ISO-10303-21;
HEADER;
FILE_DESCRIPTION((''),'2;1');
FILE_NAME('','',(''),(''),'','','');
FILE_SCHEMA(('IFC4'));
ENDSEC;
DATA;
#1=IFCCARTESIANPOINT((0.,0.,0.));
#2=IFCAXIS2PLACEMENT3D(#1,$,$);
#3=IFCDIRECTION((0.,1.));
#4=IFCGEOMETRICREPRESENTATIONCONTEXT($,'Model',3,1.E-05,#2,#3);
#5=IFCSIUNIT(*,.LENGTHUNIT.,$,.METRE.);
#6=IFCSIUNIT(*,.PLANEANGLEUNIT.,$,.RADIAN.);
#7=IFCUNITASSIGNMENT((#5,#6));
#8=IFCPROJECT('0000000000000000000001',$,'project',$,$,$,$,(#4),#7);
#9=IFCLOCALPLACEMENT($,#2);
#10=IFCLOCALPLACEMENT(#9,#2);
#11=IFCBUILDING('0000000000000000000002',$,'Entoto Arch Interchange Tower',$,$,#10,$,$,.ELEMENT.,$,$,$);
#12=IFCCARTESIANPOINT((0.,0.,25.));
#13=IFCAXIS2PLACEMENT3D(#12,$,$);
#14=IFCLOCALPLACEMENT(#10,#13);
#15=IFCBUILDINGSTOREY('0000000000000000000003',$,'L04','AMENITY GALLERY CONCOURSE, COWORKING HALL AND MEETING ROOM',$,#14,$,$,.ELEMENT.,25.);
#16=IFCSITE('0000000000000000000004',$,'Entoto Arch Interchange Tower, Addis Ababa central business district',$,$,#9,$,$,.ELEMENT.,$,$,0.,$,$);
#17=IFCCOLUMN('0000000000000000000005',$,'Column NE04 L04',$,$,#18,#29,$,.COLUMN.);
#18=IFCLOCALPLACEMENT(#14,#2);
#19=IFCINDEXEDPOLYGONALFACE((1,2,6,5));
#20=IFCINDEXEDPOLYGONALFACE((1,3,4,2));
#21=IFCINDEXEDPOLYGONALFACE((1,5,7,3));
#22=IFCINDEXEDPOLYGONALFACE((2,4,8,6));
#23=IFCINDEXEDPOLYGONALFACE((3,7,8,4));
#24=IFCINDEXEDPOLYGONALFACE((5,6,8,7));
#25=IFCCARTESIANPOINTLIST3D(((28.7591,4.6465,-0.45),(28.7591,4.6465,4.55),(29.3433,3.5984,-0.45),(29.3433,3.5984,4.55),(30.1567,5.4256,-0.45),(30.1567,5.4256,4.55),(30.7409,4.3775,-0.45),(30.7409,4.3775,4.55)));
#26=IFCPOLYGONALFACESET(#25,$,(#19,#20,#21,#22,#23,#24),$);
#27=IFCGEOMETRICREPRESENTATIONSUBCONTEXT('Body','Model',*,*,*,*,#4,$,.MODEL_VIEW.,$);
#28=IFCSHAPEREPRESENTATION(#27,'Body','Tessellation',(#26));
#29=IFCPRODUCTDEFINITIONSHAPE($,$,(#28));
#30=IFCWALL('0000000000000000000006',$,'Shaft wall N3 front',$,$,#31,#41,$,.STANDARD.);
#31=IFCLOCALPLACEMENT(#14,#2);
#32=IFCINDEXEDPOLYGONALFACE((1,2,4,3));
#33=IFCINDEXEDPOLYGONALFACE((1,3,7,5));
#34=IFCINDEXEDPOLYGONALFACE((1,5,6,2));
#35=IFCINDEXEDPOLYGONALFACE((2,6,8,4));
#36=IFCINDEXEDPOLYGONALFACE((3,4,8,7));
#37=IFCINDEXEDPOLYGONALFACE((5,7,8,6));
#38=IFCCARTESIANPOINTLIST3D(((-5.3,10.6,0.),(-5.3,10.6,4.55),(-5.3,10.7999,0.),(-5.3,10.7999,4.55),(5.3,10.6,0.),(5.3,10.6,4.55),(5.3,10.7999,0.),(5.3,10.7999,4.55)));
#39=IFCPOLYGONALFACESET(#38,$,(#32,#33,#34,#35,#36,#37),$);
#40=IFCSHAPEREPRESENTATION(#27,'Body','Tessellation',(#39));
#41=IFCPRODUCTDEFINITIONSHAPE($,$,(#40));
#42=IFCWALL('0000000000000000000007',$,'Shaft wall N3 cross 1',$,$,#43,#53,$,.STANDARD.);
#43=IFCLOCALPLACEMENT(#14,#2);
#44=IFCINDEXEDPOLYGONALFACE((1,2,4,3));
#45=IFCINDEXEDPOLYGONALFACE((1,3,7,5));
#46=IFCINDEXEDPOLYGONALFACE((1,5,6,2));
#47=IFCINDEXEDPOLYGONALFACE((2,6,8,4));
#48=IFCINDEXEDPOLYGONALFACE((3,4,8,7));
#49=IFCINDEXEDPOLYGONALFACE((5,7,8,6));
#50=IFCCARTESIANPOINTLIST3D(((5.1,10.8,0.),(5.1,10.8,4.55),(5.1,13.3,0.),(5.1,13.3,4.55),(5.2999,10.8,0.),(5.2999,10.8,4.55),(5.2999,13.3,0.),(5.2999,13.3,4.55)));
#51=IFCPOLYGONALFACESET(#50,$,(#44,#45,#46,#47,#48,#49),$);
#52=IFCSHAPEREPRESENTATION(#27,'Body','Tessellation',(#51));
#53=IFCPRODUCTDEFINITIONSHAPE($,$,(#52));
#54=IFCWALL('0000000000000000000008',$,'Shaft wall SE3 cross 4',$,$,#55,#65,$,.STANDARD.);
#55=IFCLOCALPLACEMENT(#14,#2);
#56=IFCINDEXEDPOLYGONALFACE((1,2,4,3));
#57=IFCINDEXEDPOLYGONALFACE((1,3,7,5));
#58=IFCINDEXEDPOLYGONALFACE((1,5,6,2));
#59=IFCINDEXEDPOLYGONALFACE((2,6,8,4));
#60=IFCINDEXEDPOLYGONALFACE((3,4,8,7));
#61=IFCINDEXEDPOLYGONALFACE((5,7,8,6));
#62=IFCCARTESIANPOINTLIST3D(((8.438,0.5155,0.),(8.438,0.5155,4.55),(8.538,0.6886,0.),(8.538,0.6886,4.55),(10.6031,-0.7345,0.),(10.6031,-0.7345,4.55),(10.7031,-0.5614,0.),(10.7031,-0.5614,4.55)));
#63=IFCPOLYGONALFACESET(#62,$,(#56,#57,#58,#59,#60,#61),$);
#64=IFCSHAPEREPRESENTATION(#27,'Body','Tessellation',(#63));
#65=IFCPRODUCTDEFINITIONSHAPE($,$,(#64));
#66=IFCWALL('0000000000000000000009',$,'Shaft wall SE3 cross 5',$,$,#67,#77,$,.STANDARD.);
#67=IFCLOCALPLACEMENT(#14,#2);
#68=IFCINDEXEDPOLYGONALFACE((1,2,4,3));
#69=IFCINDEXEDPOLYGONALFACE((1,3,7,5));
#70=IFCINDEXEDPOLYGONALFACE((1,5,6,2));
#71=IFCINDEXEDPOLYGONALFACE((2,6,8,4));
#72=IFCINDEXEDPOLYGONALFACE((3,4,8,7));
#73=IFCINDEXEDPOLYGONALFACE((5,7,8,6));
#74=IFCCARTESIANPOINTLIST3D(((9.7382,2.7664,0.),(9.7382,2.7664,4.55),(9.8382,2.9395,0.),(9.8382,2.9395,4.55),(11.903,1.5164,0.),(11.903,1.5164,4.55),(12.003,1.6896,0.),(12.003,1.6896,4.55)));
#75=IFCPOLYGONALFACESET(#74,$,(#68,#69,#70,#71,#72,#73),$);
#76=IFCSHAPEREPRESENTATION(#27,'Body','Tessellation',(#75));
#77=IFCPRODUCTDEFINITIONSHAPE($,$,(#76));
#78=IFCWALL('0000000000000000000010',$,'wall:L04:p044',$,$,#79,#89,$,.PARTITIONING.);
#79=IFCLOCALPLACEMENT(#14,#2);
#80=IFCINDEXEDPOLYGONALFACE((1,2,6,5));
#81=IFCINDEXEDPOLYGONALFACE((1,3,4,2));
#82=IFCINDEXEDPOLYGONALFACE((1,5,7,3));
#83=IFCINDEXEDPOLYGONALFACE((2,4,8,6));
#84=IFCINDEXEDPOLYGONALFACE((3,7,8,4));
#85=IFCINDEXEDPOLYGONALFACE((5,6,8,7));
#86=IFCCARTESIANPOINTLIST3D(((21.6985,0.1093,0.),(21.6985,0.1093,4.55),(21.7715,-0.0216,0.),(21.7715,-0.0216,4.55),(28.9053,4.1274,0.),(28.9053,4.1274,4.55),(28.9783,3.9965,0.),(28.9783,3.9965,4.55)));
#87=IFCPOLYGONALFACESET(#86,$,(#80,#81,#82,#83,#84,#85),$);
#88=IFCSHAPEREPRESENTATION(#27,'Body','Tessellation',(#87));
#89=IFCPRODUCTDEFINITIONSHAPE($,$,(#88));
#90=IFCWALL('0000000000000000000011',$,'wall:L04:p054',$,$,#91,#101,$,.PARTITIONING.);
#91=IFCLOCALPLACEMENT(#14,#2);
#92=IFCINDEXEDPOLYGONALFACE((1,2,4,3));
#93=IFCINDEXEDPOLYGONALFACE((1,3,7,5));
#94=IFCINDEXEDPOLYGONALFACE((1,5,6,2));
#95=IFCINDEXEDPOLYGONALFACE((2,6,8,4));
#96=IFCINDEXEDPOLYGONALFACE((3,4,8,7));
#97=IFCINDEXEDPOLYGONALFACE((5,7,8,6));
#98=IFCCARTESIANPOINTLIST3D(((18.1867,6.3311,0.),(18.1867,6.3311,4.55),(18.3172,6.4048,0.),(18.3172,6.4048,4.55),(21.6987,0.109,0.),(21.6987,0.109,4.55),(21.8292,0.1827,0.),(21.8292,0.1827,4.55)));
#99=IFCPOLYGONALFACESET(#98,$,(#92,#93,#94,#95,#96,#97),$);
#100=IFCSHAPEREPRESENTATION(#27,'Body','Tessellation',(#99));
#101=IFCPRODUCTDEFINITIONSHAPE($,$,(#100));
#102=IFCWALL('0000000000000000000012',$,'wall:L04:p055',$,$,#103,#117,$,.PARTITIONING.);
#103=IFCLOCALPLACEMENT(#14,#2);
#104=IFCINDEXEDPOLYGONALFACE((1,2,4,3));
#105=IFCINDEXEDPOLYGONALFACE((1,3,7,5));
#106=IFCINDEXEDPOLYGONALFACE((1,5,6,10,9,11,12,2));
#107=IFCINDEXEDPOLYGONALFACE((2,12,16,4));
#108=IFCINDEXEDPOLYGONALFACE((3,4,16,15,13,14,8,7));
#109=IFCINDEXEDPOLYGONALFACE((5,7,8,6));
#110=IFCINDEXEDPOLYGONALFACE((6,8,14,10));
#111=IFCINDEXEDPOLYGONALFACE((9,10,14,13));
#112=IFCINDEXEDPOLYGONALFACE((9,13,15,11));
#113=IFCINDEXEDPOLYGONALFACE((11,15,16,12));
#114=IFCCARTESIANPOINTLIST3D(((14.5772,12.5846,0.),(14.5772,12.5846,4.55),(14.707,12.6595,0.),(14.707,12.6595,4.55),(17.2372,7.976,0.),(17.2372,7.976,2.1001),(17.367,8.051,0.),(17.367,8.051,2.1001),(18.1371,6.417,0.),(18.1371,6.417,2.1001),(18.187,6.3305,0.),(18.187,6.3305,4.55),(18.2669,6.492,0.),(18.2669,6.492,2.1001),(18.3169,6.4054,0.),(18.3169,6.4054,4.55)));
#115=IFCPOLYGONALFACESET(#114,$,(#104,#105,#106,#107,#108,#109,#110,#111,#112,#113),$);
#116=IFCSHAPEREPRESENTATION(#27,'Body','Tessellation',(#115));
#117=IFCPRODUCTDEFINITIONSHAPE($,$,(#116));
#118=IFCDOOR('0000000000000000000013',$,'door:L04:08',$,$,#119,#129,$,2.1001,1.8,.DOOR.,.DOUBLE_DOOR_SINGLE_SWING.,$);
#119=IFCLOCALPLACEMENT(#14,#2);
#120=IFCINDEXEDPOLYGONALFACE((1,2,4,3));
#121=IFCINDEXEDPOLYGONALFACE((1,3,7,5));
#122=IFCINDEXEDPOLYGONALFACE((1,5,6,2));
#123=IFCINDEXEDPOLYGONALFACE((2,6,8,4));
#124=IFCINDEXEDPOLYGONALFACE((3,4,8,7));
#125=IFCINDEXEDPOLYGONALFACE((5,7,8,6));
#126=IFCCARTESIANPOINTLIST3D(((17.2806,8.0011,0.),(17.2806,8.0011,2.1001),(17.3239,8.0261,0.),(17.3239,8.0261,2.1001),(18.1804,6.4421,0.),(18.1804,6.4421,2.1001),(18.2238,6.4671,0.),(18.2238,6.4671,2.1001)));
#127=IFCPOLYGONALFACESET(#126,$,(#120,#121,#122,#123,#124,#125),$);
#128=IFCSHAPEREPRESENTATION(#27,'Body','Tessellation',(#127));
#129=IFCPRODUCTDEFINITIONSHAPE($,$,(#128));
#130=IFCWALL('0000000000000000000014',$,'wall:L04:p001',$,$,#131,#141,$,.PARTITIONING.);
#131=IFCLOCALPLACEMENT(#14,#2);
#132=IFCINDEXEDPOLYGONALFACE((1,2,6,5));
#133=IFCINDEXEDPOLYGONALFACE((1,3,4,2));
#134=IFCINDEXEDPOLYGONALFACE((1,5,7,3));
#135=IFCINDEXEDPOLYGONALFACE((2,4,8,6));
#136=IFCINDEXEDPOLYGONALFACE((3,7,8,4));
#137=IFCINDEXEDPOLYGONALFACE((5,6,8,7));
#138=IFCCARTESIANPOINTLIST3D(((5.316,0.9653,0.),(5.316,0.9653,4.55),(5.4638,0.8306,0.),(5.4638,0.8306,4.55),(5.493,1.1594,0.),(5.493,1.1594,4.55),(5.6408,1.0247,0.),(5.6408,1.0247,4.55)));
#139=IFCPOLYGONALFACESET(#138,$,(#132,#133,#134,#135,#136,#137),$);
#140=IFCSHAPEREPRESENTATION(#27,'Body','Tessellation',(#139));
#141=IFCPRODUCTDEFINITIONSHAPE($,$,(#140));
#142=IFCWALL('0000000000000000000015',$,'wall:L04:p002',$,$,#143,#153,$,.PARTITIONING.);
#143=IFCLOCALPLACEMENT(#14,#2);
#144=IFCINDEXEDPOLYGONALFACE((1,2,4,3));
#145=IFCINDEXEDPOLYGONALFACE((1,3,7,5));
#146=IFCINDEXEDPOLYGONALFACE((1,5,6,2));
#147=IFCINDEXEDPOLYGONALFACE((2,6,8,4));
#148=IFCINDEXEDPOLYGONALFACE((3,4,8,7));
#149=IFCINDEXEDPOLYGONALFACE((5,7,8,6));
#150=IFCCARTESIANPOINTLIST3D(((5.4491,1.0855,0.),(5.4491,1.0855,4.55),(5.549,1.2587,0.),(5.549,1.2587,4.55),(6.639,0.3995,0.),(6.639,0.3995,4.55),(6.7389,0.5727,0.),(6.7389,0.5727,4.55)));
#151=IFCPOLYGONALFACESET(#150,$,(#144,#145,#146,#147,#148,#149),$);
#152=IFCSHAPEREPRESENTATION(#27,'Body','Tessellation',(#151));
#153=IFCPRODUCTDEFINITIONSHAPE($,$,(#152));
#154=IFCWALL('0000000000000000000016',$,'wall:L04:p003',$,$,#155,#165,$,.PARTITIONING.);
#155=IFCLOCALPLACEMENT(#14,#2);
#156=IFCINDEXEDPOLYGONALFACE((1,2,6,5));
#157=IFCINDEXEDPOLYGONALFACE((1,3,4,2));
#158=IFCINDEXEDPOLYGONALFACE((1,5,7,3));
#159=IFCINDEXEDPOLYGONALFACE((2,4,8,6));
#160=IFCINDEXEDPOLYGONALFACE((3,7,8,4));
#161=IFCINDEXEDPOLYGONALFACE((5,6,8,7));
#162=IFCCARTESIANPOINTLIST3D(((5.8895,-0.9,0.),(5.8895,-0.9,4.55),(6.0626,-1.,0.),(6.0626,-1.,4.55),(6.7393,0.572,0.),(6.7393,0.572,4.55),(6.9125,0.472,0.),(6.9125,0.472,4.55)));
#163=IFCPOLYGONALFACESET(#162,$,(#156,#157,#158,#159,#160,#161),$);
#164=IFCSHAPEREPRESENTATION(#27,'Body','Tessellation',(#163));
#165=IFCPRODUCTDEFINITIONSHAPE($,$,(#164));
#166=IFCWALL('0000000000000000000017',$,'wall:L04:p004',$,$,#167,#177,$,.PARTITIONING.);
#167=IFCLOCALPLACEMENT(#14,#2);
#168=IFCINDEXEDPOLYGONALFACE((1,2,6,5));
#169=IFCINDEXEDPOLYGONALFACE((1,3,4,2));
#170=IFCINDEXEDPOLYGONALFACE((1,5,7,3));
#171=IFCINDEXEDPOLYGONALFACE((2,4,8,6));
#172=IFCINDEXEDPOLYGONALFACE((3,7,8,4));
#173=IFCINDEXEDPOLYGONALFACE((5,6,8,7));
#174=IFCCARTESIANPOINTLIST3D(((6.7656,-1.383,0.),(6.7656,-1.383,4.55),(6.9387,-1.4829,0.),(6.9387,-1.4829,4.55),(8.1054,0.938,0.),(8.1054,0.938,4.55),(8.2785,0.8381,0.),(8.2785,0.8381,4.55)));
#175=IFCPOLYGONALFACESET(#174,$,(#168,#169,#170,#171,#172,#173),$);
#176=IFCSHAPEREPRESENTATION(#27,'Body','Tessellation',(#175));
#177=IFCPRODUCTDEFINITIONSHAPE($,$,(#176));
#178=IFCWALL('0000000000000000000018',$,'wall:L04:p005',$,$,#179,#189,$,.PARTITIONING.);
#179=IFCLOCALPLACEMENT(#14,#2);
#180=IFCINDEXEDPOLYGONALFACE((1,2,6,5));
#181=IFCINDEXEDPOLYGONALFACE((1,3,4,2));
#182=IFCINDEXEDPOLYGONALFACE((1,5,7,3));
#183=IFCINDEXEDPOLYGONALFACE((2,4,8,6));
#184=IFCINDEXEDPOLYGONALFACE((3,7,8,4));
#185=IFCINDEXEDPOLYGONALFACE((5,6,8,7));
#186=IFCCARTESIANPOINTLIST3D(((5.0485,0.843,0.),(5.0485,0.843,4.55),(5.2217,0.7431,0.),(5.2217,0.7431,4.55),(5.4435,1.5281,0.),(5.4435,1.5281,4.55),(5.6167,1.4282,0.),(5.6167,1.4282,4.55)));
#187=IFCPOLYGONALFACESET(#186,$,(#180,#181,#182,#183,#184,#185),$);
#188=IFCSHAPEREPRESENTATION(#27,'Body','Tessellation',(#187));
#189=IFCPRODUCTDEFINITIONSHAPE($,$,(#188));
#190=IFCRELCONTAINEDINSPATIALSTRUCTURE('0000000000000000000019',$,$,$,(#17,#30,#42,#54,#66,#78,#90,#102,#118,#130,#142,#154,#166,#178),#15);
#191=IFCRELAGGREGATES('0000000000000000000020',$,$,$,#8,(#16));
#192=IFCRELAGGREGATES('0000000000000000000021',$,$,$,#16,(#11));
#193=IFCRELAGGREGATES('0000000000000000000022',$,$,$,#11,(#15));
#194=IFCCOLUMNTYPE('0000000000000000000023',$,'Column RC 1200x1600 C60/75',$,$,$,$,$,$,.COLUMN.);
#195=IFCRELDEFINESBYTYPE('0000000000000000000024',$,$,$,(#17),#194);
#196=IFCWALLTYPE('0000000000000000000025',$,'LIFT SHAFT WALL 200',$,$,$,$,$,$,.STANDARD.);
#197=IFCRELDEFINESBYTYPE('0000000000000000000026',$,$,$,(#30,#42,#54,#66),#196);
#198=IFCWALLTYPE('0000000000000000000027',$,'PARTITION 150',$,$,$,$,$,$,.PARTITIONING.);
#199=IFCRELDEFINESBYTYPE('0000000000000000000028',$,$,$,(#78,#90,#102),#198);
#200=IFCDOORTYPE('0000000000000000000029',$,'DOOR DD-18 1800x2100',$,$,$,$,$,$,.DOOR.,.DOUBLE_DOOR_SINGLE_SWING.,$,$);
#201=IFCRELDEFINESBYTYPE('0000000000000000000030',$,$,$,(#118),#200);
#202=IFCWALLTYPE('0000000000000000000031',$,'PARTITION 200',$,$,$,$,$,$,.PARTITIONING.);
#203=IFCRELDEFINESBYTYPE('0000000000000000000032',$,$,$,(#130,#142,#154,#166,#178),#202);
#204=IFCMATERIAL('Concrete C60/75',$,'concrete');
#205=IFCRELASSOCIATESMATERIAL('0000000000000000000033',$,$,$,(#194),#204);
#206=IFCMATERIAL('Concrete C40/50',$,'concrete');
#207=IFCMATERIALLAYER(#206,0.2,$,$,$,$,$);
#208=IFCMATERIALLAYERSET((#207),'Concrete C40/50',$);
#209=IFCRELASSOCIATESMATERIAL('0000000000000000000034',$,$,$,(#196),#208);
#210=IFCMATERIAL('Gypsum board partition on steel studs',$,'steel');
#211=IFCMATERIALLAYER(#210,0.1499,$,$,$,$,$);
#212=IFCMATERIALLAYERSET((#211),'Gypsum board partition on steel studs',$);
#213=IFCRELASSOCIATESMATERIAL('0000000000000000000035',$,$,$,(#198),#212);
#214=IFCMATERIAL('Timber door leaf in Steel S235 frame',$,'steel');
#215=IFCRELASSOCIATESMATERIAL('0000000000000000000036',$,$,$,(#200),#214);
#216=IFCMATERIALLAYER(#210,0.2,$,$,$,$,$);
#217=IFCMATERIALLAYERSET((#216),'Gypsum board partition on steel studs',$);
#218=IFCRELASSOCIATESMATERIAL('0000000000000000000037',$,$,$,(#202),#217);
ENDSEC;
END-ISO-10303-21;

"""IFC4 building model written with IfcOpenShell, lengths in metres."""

from ifc_helpers import new_model, si_unit, direction, frame, frame_2d, origin, origin_2d, place, context, subcontext, project, spatial, rectangle, extrude, material, layer, layer_set, material_profile, profile_set, type_object, element, fill, save


model = new_model("IFC4")

# Units and contexts
model_context = context("Model", 3, precision=1e-05, world=origin(), true_north=direction((0.0, 1.0)))
body_context = subcontext(model_context, "Body", "Model", "MODEL_VIEW")
ifc_project = project(units=[si_unit("LENGTHUNIT", "METRE"), si_unit("PLANEANGLEUNIT", "RADIAN")], contexts=[model_context])

# Site, building, storey
site_placement = place(None, origin())
site = spatial("IfcSite", under=ifc_project, at=site_placement, Name="Entoto Arch Interchange Tower, Addis Ababa central business district", CompositionType="ELEMENT", RefElevation=0.0)
building_placement = place(site_placement, origin())
building = spatial("IfcBuilding", under=site, at=building_placement, Name="Entoto Arch Interchange Tower", CompositionType="ELEMENT")
storey_placement = place(building_placement, frame((0.0, 0.0, 25.0)))
storey = spatial("IfcBuildingStorey", under=building, at=storey_placement, Name="L04", Description="AMENITY GALLERY CONCOURSE, COWORKING HALL AND MEETING ROOM", CompositionType="ELEMENT", Elevation=25.0)

# Column
ifc_material_1 = material(Name="Concrete C60/75", Category="concrete")
ifc_material_profile = material_profile(ifc_material_1, rectangle(XDim=1.2, YDim=1.6001, at=origin_2d()))
ifc_profile_set = profile_set([ifc_material_profile], Name="Concrete C60/75")
column_type = type_object("IfcColumnType", Name="Column RC 1200x1600 C60/75", PredefinedType="COLUMN", material=ifc_profile_set)
column_placement = place(storey_placement, frame((29.75, 4.512, -0.45), z_axis=(0.0, 0.0, 1.0), x_axis=(-0.486915, 0.873449, 0.0)))
element("IfcColumn", 1, at=column_placement, inside=storey, type_object=column_type, Name="Column NE04 L04", PredefinedType="COLUMN", context=body_context, shape_type="SweptSolid", body=[
    extrude(rectangle(XDim=1.2, YDim=1.6001, at=origin_2d()), origin(), (0.0, 0.0, 1.0), 5.0),
])

# Walls
ifc_material_2 = material(Name="Concrete C40/50", Category="concrete")
ifc_layer_1 = layer(ifc_material_2, 0.2)
ifc_layer_set_1 = layer_set([ifc_layer_1], Name="Concrete C40/50")
wall_type_1 = type_object("IfcWallType", Name="LIFT SHAFT WALL 200", PredefinedType="STANDARD", material=ifc_layer_set_1)
wall_1_placement = place(storey_placement, frame((5.3, 10.7, 0.0), z_axis=(0.0, 0.0, 1.0), x_axis=(-1.0, 0.0, 0.0)))
element("IfcWall", 2, at=wall_1_placement, inside=storey, type_object=wall_type_1, Name="Shaft wall N3 front", PredefinedType="STANDARD", context=body_context, shape_type="SweptSolid", body=[
    extrude(rectangle(XDim=10.6001, YDim=0.2, at=frame_2d((5.3, 0.0))), origin(), (0.0, 0.0, 1.0), 4.55),
])
for number, where, z_axis, x_axis, name in (
    (3, (5.2, 10.8, 0.0), (0.0, 0.0, 1.0), (0.0, 1.0, 0.0), "Shaft wall N3 cross 1"),
    (4, (8.488, 0.6021, 0.0), (0.0, 0.0, 1.0), (0.866023, -0.500004, 0.0), "Shaft wall SE3 cross 4"),
):
    element("IfcWall", number, at=place(storey_placement, frame(where, z_axis=z_axis, x_axis=x_axis)), inside=storey, type_object=wall_type_1, Name=name, PredefinedType="STANDARD", context=body_context, shape_type="SweptSolid", body=[
        extrude(rectangle(XDim=2.5, YDim=0.2, at=frame_2d((1.25, 0.0))), origin(), (0.0, 0.0, 1.0), 4.55),
    ])
wall_2_placement = place(storey_placement, frame((9.7881, 2.853, 0.0), z_axis=(0.0, 0.0, 1.0), x_axis=(0.865999, -0.500047, 0.0)))
element("IfcWall", 5, at=wall_2_placement, inside=storey, type_object=wall_type_1, Name="Shaft wall SE3 cross 5", PredefinedType="STANDARD", context=body_context, shape_type="SweptSolid", body=[
    extrude(rectangle(XDim=2.4998, YDim=0.2, at=frame_2d((1.25, 0.0))), origin(), (0.0, 0.0, 1.0), 4.55),
])
ifc_material_3 = material(Name="Gypsum board partition on steel studs", Category="steel")
ifc_layer_2 = layer(ifc_material_3, 0.1499)
ifc_layer_set_2 = layer_set([ifc_layer_2], Name="Gypsum board partition on steel studs")
wall_type_2 = type_object("IfcWallType", Name="PARTITION 150", PredefinedType="PARTITIONING", material=ifc_layer_set_2)
wall_3_placement = place(storey_placement, frame((21.7351, 0.0439, 0.0), z_axis=(0.0, 0.0, 1.0), x_axis=(0.873421, 0.486966, 0.0)))
element("IfcWall", 6, at=wall_3_placement, inside=storey, type_object=wall_type_2, Name="wall:L04:p044", PredefinedType="PARTITIONING", context=body_context, shape_type="SweptSolid", body=[
    extrude(rectangle(XDim=8.2512, YDim=0.1499, at=frame_2d((4.1255, 0.0))), origin(), (0.0, 0.0, 1.0), 4.55),
])
wall_4_placement = place(storey_placement, frame((21.7639, 0.146, 0.0), z_axis=(0.0, 0.0, 1.0), x_axis=(-0.49155, 0.870849, 0.0)))
element("IfcWall", 7, at=wall_4_placement, inside=storey, type_object=wall_type_2, Name="wall:L04:p054", PredefinedType="PARTITIONING", context=body_context, shape_type="SweptSolid", body=[
    extrude(rectangle(XDim=7.1448, YDim=0.1499, at=frame_2d((3.5723, 0.0))), origin(), (0.0, 0.0, 1.0), 4.55),
])

# Wall, opening, door
wall_5_placement = place(storey_placement, frame((18.252, 6.3679, 0.0), z_axis=(0.0, 0.0, 1.0), x_axis=(-0.499899, 0.866084, 0.0)))
wall_5 = element("IfcWall", 8, at=wall_5_placement, inside=storey, type_object=wall_type_2, Name="wall:L04:p055", PredefinedType="PARTITIONING", context=body_context, shape_type="SweptSolid", body=[
    extrude(rectangle(XDim=7.2212, YDim=0.1499, at=frame_2d((3.6106, 0.0))), origin(), (0.0, 0.0, 1.0), 4.55),
])
opening_1_placement = place(wall_5_placement, frame((0.1001, 0.0, 0.0)))
opening_1 = element("IfcOpeningElement", 9, at=opening_1_placement, cuts=wall_5, PredefinedType="OPENING", context=body_context, shape_type="SweptSolid", body=[
    extrude(rectangle(XDim=1.8, YDim=2.1001, at=frame_2d((0.8999, 1.05))), frame((0.0, 0.085, 0.0), z_axis=(0.0, -1.0, 0.0), x_axis=(1.0, 0.0, 0.0)), (0.0, 0.0, 1.0), 0.1699),
])
ifc_material_4 = material(Name="Timber door leaf in Steel S235 frame", Category="steel")
door_type_1 = type_object("IfcDoorType", Name="DOOR DD-18 1800x2100", OperationType="DOUBLE_DOOR_SINGLE_SWING", PredefinedType="DOOR", material=ifc_material_4)
door_1_placement = place(opening_1_placement, origin())
door_1 = element("IfcDoor", 10, at=door_1_placement, inside=storey, type_object=door_type_1, Name="door:L04:08", OperationType="DOUBLE_DOOR_SINGLE_SWING", OverallHeight=2.1001, OverallWidth=1.8, PredefinedType="DOOR", context=body_context, shape_type="SweptSolid", body=[
    extrude(rectangle(XDim=1.8, YDim=2.1001, at=frame_2d((0.8999, 1.05))), frame((0.0, 0.0249, 0.0), z_axis=(0.0, -1.0, 0.0), x_axis=(1.0, 0.0, 0.0)), (0.0, 0.0, 1.0), 0.05),
])
fill(opening_1, door_1)

# Walls
ifc_layer_3 = layer(ifc_material_3, 0.2)
ifc_layer_set_3 = layer_set([ifc_layer_3], Name="Gypsum board partition on steel studs")
wall_type_3 = type_object("IfcWallType", Name="PARTITION 200", PredefinedType="PARTITIONING", material=ifc_layer_set_3)
wall_6_placement = place(storey_placement, frame((5.3899, 0.8979, 0.0), z_axis=(0.0, 0.0, 1.0), x_axis=(0.673828, 0.738888, 0.0)))
element("IfcWall", 11, at=wall_6_placement, inside=storey, type_object=wall_type_3, Name="wall:L04:p001", PredefinedType="PARTITIONING", context=body_context, shape_type="SweptSolid", body=[
    extrude(rectangle(XDim=0.2627, YDim=0.2, at=frame_2d((0.1313, 0.0))), origin(), (0.0, 0.0, 1.0), 4.55),
])
wall_7_placement = place(storey_placement, frame((5.499, 1.1721, 0.0), z_axis=(0.0, 0.0, 1.0), x_axis=(0.866334, -0.499466, 0.0)))
element("IfcWall", 12, at=wall_7_placement, inside=storey, type_object=wall_type_3, Name="wall:L04:p002", PredefinedType="PARTITIONING", context=body_context, shape_type="SweptSolid", body=[
    extrude(rectangle(XDim=1.3735, YDim=0.2, at=frame_2d((0.6868, 0.0))), origin(), (0.0, 0.0, 1.0), 4.55),
])
wall_8_placement = place(storey_placement, frame((6.8259, 0.522, 0.0), z_axis=(0.0, 0.0, 1.0), x_axis=(-0.500017, -0.866016, 0.0)))
element("IfcWall", 13, at=wall_8_placement, inside=storey, type_object=wall_type_3, Name="wall:L04:p003", PredefinedType="PARTITIONING", context=body_context, shape_type="SweptSolid", body=[
    extrude(rectangle(XDim=1.6997, YDim=0.2, at=frame_2d((0.8499, 0.0))), origin(), (0.0, 0.0, 1.0), 4.55),
])
wall_9_placement = place(storey_placement, frame((8.1919, 0.8879, 0.0), z_axis=(0.0, 0.0, 1.0), x_axis=(-0.499941, -0.86606, 0.0)))
element("IfcWall", 14, at=wall_9_placement, inside=storey, type_object=wall_type_3, Name="wall:L04:p004", PredefinedType="PARTITIONING", context=body_context, shape_type="SweptSolid", body=[
    extrude(rectangle(XDim=2.6799, YDim=0.2, at=frame_2d((1.3398, 0.0))), origin(), (0.0, 0.0, 1.0), 4.55),
])
wall_10_placement = place(storey_placement, frame((5.135, 0.793, 0.0), z_axis=(0.0, 0.0, 1.0), x_axis=(0.499526, 0.866299, 0.0)))
element("IfcWall", 15, at=wall_10_placement, inside=storey, type_object=wall_type_3, Name="wall:L04:p005", PredefinedType="PARTITIONING", context=body_context, shape_type="SweptSolid", body=[
    extrude(rectangle(XDim=0.7908, YDim=0.2, at=frame_2d((0.3955, 0.0))), origin(), (0.0, 0.0, 1.0), 4.55),
])

save(model, "model.ifc")
